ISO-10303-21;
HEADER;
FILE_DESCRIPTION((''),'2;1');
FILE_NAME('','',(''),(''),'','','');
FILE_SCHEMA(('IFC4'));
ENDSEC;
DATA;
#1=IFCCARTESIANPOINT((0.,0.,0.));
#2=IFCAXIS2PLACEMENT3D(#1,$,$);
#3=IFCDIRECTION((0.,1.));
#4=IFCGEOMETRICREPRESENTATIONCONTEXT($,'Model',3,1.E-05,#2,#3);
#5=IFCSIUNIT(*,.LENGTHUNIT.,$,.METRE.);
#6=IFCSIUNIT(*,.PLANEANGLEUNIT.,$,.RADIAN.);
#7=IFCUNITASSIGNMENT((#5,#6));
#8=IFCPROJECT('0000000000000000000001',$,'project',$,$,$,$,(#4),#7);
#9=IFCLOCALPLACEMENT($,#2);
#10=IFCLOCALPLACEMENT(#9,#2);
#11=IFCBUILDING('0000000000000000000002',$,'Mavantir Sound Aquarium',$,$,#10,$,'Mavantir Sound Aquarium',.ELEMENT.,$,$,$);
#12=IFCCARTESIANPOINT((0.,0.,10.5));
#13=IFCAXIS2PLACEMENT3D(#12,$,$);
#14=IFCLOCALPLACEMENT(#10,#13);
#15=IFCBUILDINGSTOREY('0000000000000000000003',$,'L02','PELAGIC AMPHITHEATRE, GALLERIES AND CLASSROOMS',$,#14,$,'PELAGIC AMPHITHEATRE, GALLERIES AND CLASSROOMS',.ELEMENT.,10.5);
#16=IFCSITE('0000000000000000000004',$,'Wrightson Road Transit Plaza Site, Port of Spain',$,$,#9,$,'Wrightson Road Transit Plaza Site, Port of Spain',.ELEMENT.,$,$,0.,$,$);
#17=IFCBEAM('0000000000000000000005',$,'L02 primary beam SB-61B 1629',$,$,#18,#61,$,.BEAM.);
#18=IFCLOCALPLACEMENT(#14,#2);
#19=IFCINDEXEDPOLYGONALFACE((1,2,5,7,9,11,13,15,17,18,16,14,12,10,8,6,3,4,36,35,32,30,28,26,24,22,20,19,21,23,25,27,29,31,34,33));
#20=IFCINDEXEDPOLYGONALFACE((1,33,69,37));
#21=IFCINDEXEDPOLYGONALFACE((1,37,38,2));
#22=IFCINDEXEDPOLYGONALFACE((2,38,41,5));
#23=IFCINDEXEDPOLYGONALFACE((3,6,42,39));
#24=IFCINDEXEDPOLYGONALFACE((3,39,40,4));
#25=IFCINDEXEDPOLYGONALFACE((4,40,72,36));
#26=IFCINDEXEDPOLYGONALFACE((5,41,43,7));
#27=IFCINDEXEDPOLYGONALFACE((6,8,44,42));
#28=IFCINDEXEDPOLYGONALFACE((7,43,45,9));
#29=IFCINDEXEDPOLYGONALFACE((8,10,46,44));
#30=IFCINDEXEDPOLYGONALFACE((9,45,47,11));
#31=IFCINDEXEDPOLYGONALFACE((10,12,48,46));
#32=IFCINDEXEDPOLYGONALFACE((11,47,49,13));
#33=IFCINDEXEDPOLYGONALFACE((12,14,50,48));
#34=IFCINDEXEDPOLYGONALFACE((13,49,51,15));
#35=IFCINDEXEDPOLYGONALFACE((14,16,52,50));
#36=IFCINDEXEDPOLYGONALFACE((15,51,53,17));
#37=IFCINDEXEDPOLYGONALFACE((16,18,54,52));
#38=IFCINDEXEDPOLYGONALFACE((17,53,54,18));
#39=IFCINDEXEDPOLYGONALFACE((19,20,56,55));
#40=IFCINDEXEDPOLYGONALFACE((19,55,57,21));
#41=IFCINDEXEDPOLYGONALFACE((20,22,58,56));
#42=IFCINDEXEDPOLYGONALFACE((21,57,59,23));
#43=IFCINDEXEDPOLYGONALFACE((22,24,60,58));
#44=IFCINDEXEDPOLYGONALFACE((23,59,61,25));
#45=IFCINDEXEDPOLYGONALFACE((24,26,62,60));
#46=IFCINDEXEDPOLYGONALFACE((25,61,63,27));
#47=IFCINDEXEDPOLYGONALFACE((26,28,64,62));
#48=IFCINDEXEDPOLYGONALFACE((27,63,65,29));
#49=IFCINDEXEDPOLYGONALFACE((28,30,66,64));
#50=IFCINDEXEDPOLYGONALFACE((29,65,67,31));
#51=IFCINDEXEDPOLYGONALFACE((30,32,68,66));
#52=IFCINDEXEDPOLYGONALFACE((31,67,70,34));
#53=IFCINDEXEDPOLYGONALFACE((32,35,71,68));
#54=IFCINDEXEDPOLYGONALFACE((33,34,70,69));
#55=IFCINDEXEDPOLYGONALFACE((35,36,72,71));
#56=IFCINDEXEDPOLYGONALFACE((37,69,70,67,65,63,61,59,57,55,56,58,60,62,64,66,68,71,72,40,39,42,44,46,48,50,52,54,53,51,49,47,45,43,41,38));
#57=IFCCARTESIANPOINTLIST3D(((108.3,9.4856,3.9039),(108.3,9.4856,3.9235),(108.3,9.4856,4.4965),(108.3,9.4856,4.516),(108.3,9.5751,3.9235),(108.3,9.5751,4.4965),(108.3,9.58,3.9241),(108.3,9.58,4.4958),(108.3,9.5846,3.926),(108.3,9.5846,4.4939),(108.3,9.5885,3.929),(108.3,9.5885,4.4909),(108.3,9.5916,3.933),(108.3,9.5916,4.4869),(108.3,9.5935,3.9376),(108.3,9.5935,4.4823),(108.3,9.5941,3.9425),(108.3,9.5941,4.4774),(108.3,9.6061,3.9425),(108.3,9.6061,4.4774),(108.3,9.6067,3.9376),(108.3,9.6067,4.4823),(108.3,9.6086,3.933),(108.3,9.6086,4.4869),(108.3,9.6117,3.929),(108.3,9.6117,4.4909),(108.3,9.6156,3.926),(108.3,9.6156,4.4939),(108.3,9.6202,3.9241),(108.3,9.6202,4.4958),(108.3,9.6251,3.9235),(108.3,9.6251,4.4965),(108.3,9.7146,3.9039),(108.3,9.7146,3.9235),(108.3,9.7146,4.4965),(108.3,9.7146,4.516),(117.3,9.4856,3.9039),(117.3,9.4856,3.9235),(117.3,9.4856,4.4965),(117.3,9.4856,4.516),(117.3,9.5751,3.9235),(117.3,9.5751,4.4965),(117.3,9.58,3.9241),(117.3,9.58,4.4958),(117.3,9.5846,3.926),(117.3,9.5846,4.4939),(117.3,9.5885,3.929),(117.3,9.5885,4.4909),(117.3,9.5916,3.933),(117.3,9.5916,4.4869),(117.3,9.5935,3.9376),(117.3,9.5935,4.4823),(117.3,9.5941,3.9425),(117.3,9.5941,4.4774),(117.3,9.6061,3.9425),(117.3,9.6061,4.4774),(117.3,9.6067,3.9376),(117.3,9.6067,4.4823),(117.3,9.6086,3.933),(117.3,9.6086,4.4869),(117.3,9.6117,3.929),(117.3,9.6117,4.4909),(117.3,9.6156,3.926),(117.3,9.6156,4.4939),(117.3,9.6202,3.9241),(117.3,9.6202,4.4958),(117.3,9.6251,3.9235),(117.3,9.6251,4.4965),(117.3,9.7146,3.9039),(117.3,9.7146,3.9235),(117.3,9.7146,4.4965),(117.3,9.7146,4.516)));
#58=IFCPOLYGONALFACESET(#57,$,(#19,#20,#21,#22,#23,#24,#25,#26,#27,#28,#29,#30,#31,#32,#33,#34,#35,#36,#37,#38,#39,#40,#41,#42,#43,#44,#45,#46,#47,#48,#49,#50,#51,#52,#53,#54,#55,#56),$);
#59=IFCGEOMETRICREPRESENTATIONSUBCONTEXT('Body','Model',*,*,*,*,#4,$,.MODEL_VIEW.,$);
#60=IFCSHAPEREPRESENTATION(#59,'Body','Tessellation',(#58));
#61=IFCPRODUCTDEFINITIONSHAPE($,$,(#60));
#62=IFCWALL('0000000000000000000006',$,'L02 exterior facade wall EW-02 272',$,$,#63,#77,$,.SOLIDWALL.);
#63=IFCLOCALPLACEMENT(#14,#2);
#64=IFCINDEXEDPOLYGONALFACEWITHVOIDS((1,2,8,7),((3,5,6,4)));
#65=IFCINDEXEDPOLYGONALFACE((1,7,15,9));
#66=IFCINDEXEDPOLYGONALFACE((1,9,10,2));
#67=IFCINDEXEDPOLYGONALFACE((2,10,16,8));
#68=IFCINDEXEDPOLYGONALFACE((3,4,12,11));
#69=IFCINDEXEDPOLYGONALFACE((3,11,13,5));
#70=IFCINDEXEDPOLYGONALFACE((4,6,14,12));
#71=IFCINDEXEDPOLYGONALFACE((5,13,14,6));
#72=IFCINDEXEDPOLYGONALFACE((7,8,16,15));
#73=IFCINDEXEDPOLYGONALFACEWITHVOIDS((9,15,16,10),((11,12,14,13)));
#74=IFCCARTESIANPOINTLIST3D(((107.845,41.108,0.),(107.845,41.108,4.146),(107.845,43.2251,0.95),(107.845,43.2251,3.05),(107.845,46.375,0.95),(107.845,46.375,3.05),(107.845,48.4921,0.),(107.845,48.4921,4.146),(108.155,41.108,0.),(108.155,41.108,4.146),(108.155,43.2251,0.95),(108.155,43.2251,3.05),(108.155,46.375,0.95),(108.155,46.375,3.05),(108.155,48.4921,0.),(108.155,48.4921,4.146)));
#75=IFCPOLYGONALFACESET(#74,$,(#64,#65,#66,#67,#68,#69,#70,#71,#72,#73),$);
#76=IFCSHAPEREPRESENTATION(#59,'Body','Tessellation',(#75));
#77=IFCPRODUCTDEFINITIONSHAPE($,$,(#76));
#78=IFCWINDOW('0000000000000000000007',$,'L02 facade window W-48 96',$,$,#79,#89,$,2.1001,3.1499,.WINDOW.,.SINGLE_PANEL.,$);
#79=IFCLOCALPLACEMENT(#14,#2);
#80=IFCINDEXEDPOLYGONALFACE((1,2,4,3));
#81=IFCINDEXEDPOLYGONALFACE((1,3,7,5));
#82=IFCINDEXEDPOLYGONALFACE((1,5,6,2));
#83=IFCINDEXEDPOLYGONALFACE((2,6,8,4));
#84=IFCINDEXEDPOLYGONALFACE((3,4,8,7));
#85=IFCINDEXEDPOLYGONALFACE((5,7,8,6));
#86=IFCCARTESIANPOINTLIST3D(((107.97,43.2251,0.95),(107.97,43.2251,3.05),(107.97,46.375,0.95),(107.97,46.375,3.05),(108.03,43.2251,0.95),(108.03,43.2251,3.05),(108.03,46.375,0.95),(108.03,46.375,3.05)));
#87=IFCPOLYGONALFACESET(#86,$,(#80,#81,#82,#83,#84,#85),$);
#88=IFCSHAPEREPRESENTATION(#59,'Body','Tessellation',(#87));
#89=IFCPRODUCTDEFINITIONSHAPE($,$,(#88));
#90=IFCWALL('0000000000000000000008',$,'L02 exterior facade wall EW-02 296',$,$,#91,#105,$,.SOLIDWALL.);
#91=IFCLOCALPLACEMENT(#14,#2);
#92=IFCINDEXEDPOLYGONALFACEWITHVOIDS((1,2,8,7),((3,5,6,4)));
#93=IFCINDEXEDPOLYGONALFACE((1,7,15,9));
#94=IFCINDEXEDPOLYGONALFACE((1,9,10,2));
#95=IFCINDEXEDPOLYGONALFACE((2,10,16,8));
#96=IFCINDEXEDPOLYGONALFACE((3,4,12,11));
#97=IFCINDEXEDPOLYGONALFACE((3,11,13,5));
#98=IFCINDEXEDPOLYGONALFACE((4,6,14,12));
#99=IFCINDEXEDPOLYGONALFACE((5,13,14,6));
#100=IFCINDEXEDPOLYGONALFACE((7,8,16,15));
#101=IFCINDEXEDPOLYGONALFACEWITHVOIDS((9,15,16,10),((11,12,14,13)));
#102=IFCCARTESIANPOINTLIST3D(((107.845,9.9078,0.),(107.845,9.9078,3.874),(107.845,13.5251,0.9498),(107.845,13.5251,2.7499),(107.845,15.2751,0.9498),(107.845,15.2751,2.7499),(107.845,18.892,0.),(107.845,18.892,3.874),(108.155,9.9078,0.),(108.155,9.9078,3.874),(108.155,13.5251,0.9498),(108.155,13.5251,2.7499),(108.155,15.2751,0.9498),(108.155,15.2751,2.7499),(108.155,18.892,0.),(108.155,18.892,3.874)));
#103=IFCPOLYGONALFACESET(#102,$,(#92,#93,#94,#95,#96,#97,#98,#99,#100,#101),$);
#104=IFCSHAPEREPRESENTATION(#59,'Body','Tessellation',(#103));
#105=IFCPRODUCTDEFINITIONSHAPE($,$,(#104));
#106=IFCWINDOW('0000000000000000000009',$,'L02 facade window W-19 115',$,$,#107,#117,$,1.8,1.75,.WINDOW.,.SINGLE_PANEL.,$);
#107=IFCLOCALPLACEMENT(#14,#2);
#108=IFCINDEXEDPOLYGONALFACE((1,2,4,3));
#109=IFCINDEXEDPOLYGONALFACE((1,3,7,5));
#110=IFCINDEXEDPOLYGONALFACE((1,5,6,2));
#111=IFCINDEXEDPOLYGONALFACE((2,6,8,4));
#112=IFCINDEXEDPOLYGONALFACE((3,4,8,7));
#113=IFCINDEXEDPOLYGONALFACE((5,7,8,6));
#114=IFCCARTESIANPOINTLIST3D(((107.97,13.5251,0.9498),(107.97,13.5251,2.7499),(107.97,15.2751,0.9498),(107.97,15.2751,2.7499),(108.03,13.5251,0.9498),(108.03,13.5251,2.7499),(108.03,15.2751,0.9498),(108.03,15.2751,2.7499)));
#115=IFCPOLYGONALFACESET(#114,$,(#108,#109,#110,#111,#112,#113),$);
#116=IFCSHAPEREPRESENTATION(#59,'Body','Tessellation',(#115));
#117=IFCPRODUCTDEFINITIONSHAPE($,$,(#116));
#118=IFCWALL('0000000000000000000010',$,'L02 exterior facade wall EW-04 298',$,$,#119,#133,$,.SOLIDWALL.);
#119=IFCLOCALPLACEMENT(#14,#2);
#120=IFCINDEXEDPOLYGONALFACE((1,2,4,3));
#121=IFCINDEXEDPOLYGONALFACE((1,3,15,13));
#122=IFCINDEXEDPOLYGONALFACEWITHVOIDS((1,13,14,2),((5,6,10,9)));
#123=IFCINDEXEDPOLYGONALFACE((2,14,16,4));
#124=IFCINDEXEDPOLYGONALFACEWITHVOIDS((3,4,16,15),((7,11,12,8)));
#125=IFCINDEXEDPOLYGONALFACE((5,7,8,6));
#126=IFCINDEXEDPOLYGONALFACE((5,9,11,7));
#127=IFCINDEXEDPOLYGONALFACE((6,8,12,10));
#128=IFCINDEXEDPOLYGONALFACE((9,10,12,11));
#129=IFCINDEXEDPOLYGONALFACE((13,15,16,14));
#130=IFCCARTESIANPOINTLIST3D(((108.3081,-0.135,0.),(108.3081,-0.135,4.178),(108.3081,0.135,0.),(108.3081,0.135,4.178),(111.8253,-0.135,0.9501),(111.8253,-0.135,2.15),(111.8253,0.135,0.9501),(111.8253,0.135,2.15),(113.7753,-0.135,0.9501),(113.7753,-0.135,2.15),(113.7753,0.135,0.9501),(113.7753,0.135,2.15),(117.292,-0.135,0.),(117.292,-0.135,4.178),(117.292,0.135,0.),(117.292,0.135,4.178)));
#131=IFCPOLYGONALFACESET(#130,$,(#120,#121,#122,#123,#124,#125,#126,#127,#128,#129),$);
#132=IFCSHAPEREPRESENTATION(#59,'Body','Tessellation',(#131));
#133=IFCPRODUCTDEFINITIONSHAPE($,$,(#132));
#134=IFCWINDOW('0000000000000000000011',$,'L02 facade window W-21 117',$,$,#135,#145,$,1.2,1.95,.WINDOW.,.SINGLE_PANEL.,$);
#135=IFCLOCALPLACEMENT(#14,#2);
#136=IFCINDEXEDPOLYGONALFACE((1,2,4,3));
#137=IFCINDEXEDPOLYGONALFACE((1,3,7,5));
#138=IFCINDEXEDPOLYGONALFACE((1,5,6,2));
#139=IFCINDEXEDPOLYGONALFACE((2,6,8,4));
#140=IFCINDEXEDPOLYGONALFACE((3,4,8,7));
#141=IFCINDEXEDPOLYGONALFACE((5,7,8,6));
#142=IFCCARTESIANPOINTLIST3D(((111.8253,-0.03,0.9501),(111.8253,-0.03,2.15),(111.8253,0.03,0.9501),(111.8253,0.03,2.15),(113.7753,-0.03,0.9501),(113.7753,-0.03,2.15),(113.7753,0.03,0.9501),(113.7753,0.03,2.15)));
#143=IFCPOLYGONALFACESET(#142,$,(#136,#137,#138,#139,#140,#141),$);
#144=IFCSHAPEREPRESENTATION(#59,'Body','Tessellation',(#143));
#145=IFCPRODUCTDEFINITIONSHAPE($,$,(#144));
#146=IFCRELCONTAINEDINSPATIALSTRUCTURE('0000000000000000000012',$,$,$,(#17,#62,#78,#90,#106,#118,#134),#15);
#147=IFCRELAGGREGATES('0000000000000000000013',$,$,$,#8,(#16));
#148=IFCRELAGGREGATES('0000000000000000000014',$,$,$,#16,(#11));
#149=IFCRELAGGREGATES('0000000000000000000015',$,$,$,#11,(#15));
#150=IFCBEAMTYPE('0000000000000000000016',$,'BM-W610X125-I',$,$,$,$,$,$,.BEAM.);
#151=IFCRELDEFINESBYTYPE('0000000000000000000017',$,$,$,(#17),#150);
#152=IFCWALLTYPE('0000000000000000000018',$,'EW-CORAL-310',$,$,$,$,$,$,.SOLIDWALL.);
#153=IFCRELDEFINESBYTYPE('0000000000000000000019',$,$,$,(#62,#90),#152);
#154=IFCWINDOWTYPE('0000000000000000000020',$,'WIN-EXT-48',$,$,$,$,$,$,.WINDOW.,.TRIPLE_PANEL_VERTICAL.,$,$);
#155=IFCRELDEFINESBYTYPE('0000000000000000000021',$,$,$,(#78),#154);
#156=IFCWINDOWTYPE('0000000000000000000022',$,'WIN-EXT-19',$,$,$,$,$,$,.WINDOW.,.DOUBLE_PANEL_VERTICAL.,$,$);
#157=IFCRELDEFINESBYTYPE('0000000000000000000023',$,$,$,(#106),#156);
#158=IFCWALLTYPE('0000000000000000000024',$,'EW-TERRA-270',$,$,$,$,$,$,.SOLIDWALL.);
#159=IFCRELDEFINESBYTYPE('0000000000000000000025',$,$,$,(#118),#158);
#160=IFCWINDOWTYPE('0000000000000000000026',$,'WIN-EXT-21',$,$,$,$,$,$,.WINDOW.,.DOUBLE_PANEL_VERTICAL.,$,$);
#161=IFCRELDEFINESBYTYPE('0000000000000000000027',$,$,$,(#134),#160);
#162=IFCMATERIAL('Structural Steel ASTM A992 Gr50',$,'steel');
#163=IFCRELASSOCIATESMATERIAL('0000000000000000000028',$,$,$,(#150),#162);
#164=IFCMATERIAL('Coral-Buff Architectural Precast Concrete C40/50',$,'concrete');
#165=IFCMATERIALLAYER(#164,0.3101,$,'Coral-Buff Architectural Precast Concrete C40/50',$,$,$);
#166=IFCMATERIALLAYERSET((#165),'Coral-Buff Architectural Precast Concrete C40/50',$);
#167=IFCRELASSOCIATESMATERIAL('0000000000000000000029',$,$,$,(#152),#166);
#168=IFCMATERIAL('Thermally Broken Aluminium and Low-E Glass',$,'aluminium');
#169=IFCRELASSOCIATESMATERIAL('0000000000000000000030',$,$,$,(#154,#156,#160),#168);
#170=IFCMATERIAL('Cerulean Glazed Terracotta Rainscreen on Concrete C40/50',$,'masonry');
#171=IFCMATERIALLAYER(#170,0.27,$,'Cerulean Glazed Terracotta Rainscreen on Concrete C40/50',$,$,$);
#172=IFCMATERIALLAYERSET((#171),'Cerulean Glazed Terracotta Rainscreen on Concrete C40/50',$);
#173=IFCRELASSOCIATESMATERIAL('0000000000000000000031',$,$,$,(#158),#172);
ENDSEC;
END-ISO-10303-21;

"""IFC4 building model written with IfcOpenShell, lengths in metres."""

from ifc_helpers import new_model, si_unit, direction, frame, frame_2d, origin, origin_2d, place, context, subcontext, project, spatial, rectangle, i_section, extrude, material, layer, layer_set, material_profile, profile_set, type_object, element, fill, save


model = new_model("IFC4")

# Units and contexts
model_context = context("Model", 3, precision=1e-05, world=origin(), true_north=direction((0.0, 1.0)))
body_context = subcontext(model_context, "Body", "Model", "MODEL_VIEW")
ifc_project = project(units=[si_unit("LENGTHUNIT", "METRE"), si_unit("PLANEANGLEUNIT", "RADIAN")], contexts=[model_context])

# Site, building, storey
site_placement = place(None, origin())
site = spatial("IfcSite", under=ifc_project, at=site_placement, Name="Wrightson Road Transit Plaza Site, Port of Spain", LongName="Wrightson Road Transit Plaza Site, Port of Spain", CompositionType="ELEMENT", RefElevation=0.0)
building_placement = place(site_placement, origin())
building = spatial("IfcBuilding", under=site, at=building_placement, Name="Mavantir Sound Aquarium", LongName="Mavantir Sound Aquarium", CompositionType="ELEMENT")
storey_placement = place(building_placement, frame((0.0, 0.0, 10.5)))
storey = spatial("IfcBuildingStorey", under=building, at=storey_placement, Name="L02", Description="PELAGIC AMPHITHEATRE, GALLERIES AND CLASSROOMS", LongName="PELAGIC AMPHITHEATRE, GALLERIES AND CLASSROOMS", CompositionType="ELEMENT", Elevation=10.5)

# Beam
ifc_material_1 = material(Name="Structural Steel ASTM A992 Gr50", Category="steel")
ifc_material_profile_1 = material_profile(ifc_material_1, i_section(OverallWidth=0.229, OverallDepth=0.6121, WebThickness=0.012, FlangeThickness=0.0195, FilletRadius=0.019, at=origin_2d()), Name="W610X125")
ifc_profile_set_1 = profile_set([ifc_material_profile_1], Name="Structural Steel ASTM A992 Gr50")
beam_type_1 = type_object("IfcBeamType", Name="BM-W610X125-I", PredefinedType="BEAM", material=ifc_profile_set_1)
beam_1_placement = place(storey_placement, frame((108.3, 9.6001, 4.21), z_axis=(1.0, 0.0, 0.0), x_axis=(0.0, 1.0, 0.0)))
element("IfcBeam", 1, at=beam_1_placement, inside=storey, type_object=beam_type_1, Name="L02 primary beam SB-61B 1629", PredefinedType="BEAM", context=body_context, shape_type="SweptSolid", body=[
    extrude(i_section(OverallWidth=0.229, OverallDepth=0.6121, WebThickness=0.012, FlangeThickness=0.0195, FilletRadius=0.019, at=origin_2d()), origin(), (0.0, 0.0, 1.0), 9.0),
])

# Walls, openings, windows
ifc_material_2 = material(Name="Coral-Buff Architectural Precast Concrete C40/50", Category="concrete")
ifc_layer_1 = layer(ifc_material_2, 0.3101, Name="Coral-Buff Architectural Precast Concrete C40/50")
ifc_layer_set_1 = layer_set([ifc_layer_1], Name="Coral-Buff Architectural Precast Concrete C40/50")
wall_type_1 = type_object("IfcWallType", Name="EW-CORAL-310", PredefinedType="SOLIDWALL", material=ifc_layer_set_1)
wall_1_placement = place(storey_placement, frame((108.0, 48.4919, 0.0), z_axis=(0.0, 0.0, 1.0), x_axis=(0.0, -1.0, 0.0)))
wall_1 = element("IfcWall", 2, at=wall_1_placement, inside=storey, type_object=wall_type_1, Name="L02 exterior facade wall EW-02 272", PredefinedType="SOLIDWALL", context=body_context, shape_type="SweptSolid", body=[
    extrude(rectangle(XDim=7.384, YDim=0.3101, at=frame_2d((3.6919, 0.0))), origin(), (0.0, 0.0, 1.0), 4.146),
])
opening_1_placement = place(wall_1_placement, frame((2.1169, 0.0, 0.95)))
opening_1 = element("IfcOpeningElement", 3, at=opening_1_placement, cuts=wall_1, PredefinedType="OPENING", context=body_context, shape_type="SweptSolid", body=[
    extrude(rectangle(XDim=3.1499, YDim=2.1001, at=frame_2d((1.575, 1.05))), frame((0.0, 0.165, 0.0), z_axis=(0.0, -1.0, 0.0), x_axis=(1.0, 0.0, 0.0)), (0.0, 0.0, 1.0), 0.3301),
])
ifc_material_3 = material(Name="Thermally Broken Aluminium and Low-E Glass", Category="aluminium")
window_type_1 = type_object("IfcWindowType", Name="WIN-EXT-48", PartitioningType="TRIPLE_PANEL_VERTICAL", PredefinedType="WINDOW", material=ifc_material_3)
window_1_placement = place(opening_1_placement, origin())
window_1 = element("IfcWindow", 4, at=window_1_placement, inside=storey, type_object=window_type_1, Name="L02 facade window W-48 96", OverallHeight=2.1001, OverallWidth=3.1499, PartitioningType="SINGLE_PANEL", PredefinedType="WINDOW", context=body_context, shape_type="SweptSolid", body=[
    extrude(rectangle(XDim=3.1499, YDim=2.1001, at=frame_2d((1.575, 1.05))), frame((0.0, 0.03, 0.0), z_axis=(0.0, -1.0, 0.0), x_axis=(1.0, 0.0, 0.0)), (0.0, 0.0, 1.0), 0.0601),
])
fill(opening_1, window_1)
wall_2_placement = place(storey_placement, frame((108.0, 18.8921, 0.0), z_axis=(0.0, 0.0, 1.0), x_axis=(0.0, -1.0, 0.0)))
wall_2 = element("IfcWall", 5, at=wall_2_placement, inside=storey, type_object=wall_type_1, Name="L02 exterior facade wall EW-02 296", PredefinedType="SOLIDWALL", context=body_context, shape_type="SweptSolid", body=[
    extrude(rectangle(XDim=8.9841, YDim=0.3101, at=frame_2d((4.4922, 0.0))), origin(), (0.0, 0.0, 1.0), 3.874),
])
opening_2_placement = place(wall_2_placement, frame((3.6169, 0.0, 0.95)))
opening_2 = element("IfcOpeningElement", 6, at=opening_2_placement, cuts=wall_2, PredefinedType="OPENING", context=body_context, shape_type="SweptSolid", body=[
    extrude(rectangle(XDim=1.75, YDim=1.8, at=frame_2d((0.875, 0.8999))), frame((0.0, 0.165, 0.0), z_axis=(0.0, -1.0, 0.0), x_axis=(1.0, 0.0, 0.0)), (0.0, 0.0, 1.0), 0.3301),
])
window_type_2 = type_object("IfcWindowType", Name="WIN-EXT-19", PartitioningType="DOUBLE_PANEL_VERTICAL", PredefinedType="WINDOW", material=ifc_material_3)
window_2_placement = place(opening_2_placement, origin())
window_2 = element("IfcWindow", 7, at=window_2_placement, inside=storey, type_object=window_type_2, Name="L02 facade window W-19 115", OverallHeight=1.8, OverallWidth=1.75, PartitioningType="SINGLE_PANEL", PredefinedType="WINDOW", context=body_context, shape_type="SweptSolid", body=[
    extrude(rectangle(XDim=1.75, YDim=1.8, at=frame_2d((0.875, 0.8999))), frame((0.0, 0.03, 0.0), z_axis=(0.0, -1.0, 0.0), x_axis=(1.0, 0.0, 0.0)), (0.0, 0.0, 1.0), 0.0601),
])
fill(opening_2, window_2)
ifc_material_4 = material(Name="Cerulean Glazed Terracotta Rainscreen on Concrete C40/50", Category="masonry")
ifc_layer_2 = layer(ifc_material_4, 0.27, Name="Cerulean Glazed Terracotta Rainscreen on Concrete C40/50")
ifc_layer_set_2 = layer_set([ifc_layer_2], Name="Cerulean Glazed Terracotta Rainscreen on Concrete C40/50")
wall_type_2 = type_object("IfcWallType", Name="EW-TERRA-270", PredefinedType="SOLIDWALL", material=ifc_layer_set_2)
wall_3_placement = place(storey_placement, frame((108.3081, 0.0, 0.0), z_axis=(0.0, 0.0, 1.0), x_axis=(1.0, 0.0, 0.0)))
wall_3 = element("IfcWall", 8, at=wall_3_placement, inside=storey, type_object=wall_type_2, Name="L02 exterior facade wall EW-04 298", PredefinedType="SOLIDWALL", context=body_context, shape_type="SweptSolid", body=[
    extrude(rectangle(XDim=8.9839, YDim=0.27, at=frame_2d((4.4919, 0.0))), origin(), (0.0, 0.0, 1.0), 4.178),
])
opening_3_placement = place(wall_3_placement, frame((3.5171, 0.0, 0.95)))
opening_3 = element("IfcOpeningElement", 9, at=opening_3_placement, cuts=wall_3, PredefinedType="OPENING", context=body_context, shape_type="SweptSolid", body=[
    extrude(rectangle(XDim=1.95, YDim=1.2, at=frame_2d((0.9751, 0.6001))), frame((0.0, 0.145, 0.0), z_axis=(0.0, -1.0, 0.0), x_axis=(1.0, 0.0, 0.0)), (0.0, 0.0, 1.0), 0.29),
])
window_type_3 = type_object("IfcWindowType", Name="WIN-EXT-21", PartitioningType="DOUBLE_PANEL_VERTICAL", PredefinedType="WINDOW", material=ifc_material_3)
window_3_placement = place(opening_3_placement, origin())
window_3 = element("IfcWindow", 10, at=window_3_placement, inside=storey, type_object=window_type_3, Name="L02 facade window W-21 117", OverallHeight=1.2, OverallWidth=1.95, PartitioningType="SINGLE_PANEL", PredefinedType="WINDOW", context=body_context, shape_type="SweptSolid", body=[
    extrude(rectangle(XDim=1.95, YDim=1.2, at=frame_2d((0.9751, 0.6001))), frame((0.0, 0.03, 0.0), z_axis=(0.0, -1.0, 0.0), x_axis=(1.0, 0.0, 0.0)), (0.0, 0.0, 1.0), 0.0601),
])
fill(opening_3, window_3)

save(model, "model.ifc")
